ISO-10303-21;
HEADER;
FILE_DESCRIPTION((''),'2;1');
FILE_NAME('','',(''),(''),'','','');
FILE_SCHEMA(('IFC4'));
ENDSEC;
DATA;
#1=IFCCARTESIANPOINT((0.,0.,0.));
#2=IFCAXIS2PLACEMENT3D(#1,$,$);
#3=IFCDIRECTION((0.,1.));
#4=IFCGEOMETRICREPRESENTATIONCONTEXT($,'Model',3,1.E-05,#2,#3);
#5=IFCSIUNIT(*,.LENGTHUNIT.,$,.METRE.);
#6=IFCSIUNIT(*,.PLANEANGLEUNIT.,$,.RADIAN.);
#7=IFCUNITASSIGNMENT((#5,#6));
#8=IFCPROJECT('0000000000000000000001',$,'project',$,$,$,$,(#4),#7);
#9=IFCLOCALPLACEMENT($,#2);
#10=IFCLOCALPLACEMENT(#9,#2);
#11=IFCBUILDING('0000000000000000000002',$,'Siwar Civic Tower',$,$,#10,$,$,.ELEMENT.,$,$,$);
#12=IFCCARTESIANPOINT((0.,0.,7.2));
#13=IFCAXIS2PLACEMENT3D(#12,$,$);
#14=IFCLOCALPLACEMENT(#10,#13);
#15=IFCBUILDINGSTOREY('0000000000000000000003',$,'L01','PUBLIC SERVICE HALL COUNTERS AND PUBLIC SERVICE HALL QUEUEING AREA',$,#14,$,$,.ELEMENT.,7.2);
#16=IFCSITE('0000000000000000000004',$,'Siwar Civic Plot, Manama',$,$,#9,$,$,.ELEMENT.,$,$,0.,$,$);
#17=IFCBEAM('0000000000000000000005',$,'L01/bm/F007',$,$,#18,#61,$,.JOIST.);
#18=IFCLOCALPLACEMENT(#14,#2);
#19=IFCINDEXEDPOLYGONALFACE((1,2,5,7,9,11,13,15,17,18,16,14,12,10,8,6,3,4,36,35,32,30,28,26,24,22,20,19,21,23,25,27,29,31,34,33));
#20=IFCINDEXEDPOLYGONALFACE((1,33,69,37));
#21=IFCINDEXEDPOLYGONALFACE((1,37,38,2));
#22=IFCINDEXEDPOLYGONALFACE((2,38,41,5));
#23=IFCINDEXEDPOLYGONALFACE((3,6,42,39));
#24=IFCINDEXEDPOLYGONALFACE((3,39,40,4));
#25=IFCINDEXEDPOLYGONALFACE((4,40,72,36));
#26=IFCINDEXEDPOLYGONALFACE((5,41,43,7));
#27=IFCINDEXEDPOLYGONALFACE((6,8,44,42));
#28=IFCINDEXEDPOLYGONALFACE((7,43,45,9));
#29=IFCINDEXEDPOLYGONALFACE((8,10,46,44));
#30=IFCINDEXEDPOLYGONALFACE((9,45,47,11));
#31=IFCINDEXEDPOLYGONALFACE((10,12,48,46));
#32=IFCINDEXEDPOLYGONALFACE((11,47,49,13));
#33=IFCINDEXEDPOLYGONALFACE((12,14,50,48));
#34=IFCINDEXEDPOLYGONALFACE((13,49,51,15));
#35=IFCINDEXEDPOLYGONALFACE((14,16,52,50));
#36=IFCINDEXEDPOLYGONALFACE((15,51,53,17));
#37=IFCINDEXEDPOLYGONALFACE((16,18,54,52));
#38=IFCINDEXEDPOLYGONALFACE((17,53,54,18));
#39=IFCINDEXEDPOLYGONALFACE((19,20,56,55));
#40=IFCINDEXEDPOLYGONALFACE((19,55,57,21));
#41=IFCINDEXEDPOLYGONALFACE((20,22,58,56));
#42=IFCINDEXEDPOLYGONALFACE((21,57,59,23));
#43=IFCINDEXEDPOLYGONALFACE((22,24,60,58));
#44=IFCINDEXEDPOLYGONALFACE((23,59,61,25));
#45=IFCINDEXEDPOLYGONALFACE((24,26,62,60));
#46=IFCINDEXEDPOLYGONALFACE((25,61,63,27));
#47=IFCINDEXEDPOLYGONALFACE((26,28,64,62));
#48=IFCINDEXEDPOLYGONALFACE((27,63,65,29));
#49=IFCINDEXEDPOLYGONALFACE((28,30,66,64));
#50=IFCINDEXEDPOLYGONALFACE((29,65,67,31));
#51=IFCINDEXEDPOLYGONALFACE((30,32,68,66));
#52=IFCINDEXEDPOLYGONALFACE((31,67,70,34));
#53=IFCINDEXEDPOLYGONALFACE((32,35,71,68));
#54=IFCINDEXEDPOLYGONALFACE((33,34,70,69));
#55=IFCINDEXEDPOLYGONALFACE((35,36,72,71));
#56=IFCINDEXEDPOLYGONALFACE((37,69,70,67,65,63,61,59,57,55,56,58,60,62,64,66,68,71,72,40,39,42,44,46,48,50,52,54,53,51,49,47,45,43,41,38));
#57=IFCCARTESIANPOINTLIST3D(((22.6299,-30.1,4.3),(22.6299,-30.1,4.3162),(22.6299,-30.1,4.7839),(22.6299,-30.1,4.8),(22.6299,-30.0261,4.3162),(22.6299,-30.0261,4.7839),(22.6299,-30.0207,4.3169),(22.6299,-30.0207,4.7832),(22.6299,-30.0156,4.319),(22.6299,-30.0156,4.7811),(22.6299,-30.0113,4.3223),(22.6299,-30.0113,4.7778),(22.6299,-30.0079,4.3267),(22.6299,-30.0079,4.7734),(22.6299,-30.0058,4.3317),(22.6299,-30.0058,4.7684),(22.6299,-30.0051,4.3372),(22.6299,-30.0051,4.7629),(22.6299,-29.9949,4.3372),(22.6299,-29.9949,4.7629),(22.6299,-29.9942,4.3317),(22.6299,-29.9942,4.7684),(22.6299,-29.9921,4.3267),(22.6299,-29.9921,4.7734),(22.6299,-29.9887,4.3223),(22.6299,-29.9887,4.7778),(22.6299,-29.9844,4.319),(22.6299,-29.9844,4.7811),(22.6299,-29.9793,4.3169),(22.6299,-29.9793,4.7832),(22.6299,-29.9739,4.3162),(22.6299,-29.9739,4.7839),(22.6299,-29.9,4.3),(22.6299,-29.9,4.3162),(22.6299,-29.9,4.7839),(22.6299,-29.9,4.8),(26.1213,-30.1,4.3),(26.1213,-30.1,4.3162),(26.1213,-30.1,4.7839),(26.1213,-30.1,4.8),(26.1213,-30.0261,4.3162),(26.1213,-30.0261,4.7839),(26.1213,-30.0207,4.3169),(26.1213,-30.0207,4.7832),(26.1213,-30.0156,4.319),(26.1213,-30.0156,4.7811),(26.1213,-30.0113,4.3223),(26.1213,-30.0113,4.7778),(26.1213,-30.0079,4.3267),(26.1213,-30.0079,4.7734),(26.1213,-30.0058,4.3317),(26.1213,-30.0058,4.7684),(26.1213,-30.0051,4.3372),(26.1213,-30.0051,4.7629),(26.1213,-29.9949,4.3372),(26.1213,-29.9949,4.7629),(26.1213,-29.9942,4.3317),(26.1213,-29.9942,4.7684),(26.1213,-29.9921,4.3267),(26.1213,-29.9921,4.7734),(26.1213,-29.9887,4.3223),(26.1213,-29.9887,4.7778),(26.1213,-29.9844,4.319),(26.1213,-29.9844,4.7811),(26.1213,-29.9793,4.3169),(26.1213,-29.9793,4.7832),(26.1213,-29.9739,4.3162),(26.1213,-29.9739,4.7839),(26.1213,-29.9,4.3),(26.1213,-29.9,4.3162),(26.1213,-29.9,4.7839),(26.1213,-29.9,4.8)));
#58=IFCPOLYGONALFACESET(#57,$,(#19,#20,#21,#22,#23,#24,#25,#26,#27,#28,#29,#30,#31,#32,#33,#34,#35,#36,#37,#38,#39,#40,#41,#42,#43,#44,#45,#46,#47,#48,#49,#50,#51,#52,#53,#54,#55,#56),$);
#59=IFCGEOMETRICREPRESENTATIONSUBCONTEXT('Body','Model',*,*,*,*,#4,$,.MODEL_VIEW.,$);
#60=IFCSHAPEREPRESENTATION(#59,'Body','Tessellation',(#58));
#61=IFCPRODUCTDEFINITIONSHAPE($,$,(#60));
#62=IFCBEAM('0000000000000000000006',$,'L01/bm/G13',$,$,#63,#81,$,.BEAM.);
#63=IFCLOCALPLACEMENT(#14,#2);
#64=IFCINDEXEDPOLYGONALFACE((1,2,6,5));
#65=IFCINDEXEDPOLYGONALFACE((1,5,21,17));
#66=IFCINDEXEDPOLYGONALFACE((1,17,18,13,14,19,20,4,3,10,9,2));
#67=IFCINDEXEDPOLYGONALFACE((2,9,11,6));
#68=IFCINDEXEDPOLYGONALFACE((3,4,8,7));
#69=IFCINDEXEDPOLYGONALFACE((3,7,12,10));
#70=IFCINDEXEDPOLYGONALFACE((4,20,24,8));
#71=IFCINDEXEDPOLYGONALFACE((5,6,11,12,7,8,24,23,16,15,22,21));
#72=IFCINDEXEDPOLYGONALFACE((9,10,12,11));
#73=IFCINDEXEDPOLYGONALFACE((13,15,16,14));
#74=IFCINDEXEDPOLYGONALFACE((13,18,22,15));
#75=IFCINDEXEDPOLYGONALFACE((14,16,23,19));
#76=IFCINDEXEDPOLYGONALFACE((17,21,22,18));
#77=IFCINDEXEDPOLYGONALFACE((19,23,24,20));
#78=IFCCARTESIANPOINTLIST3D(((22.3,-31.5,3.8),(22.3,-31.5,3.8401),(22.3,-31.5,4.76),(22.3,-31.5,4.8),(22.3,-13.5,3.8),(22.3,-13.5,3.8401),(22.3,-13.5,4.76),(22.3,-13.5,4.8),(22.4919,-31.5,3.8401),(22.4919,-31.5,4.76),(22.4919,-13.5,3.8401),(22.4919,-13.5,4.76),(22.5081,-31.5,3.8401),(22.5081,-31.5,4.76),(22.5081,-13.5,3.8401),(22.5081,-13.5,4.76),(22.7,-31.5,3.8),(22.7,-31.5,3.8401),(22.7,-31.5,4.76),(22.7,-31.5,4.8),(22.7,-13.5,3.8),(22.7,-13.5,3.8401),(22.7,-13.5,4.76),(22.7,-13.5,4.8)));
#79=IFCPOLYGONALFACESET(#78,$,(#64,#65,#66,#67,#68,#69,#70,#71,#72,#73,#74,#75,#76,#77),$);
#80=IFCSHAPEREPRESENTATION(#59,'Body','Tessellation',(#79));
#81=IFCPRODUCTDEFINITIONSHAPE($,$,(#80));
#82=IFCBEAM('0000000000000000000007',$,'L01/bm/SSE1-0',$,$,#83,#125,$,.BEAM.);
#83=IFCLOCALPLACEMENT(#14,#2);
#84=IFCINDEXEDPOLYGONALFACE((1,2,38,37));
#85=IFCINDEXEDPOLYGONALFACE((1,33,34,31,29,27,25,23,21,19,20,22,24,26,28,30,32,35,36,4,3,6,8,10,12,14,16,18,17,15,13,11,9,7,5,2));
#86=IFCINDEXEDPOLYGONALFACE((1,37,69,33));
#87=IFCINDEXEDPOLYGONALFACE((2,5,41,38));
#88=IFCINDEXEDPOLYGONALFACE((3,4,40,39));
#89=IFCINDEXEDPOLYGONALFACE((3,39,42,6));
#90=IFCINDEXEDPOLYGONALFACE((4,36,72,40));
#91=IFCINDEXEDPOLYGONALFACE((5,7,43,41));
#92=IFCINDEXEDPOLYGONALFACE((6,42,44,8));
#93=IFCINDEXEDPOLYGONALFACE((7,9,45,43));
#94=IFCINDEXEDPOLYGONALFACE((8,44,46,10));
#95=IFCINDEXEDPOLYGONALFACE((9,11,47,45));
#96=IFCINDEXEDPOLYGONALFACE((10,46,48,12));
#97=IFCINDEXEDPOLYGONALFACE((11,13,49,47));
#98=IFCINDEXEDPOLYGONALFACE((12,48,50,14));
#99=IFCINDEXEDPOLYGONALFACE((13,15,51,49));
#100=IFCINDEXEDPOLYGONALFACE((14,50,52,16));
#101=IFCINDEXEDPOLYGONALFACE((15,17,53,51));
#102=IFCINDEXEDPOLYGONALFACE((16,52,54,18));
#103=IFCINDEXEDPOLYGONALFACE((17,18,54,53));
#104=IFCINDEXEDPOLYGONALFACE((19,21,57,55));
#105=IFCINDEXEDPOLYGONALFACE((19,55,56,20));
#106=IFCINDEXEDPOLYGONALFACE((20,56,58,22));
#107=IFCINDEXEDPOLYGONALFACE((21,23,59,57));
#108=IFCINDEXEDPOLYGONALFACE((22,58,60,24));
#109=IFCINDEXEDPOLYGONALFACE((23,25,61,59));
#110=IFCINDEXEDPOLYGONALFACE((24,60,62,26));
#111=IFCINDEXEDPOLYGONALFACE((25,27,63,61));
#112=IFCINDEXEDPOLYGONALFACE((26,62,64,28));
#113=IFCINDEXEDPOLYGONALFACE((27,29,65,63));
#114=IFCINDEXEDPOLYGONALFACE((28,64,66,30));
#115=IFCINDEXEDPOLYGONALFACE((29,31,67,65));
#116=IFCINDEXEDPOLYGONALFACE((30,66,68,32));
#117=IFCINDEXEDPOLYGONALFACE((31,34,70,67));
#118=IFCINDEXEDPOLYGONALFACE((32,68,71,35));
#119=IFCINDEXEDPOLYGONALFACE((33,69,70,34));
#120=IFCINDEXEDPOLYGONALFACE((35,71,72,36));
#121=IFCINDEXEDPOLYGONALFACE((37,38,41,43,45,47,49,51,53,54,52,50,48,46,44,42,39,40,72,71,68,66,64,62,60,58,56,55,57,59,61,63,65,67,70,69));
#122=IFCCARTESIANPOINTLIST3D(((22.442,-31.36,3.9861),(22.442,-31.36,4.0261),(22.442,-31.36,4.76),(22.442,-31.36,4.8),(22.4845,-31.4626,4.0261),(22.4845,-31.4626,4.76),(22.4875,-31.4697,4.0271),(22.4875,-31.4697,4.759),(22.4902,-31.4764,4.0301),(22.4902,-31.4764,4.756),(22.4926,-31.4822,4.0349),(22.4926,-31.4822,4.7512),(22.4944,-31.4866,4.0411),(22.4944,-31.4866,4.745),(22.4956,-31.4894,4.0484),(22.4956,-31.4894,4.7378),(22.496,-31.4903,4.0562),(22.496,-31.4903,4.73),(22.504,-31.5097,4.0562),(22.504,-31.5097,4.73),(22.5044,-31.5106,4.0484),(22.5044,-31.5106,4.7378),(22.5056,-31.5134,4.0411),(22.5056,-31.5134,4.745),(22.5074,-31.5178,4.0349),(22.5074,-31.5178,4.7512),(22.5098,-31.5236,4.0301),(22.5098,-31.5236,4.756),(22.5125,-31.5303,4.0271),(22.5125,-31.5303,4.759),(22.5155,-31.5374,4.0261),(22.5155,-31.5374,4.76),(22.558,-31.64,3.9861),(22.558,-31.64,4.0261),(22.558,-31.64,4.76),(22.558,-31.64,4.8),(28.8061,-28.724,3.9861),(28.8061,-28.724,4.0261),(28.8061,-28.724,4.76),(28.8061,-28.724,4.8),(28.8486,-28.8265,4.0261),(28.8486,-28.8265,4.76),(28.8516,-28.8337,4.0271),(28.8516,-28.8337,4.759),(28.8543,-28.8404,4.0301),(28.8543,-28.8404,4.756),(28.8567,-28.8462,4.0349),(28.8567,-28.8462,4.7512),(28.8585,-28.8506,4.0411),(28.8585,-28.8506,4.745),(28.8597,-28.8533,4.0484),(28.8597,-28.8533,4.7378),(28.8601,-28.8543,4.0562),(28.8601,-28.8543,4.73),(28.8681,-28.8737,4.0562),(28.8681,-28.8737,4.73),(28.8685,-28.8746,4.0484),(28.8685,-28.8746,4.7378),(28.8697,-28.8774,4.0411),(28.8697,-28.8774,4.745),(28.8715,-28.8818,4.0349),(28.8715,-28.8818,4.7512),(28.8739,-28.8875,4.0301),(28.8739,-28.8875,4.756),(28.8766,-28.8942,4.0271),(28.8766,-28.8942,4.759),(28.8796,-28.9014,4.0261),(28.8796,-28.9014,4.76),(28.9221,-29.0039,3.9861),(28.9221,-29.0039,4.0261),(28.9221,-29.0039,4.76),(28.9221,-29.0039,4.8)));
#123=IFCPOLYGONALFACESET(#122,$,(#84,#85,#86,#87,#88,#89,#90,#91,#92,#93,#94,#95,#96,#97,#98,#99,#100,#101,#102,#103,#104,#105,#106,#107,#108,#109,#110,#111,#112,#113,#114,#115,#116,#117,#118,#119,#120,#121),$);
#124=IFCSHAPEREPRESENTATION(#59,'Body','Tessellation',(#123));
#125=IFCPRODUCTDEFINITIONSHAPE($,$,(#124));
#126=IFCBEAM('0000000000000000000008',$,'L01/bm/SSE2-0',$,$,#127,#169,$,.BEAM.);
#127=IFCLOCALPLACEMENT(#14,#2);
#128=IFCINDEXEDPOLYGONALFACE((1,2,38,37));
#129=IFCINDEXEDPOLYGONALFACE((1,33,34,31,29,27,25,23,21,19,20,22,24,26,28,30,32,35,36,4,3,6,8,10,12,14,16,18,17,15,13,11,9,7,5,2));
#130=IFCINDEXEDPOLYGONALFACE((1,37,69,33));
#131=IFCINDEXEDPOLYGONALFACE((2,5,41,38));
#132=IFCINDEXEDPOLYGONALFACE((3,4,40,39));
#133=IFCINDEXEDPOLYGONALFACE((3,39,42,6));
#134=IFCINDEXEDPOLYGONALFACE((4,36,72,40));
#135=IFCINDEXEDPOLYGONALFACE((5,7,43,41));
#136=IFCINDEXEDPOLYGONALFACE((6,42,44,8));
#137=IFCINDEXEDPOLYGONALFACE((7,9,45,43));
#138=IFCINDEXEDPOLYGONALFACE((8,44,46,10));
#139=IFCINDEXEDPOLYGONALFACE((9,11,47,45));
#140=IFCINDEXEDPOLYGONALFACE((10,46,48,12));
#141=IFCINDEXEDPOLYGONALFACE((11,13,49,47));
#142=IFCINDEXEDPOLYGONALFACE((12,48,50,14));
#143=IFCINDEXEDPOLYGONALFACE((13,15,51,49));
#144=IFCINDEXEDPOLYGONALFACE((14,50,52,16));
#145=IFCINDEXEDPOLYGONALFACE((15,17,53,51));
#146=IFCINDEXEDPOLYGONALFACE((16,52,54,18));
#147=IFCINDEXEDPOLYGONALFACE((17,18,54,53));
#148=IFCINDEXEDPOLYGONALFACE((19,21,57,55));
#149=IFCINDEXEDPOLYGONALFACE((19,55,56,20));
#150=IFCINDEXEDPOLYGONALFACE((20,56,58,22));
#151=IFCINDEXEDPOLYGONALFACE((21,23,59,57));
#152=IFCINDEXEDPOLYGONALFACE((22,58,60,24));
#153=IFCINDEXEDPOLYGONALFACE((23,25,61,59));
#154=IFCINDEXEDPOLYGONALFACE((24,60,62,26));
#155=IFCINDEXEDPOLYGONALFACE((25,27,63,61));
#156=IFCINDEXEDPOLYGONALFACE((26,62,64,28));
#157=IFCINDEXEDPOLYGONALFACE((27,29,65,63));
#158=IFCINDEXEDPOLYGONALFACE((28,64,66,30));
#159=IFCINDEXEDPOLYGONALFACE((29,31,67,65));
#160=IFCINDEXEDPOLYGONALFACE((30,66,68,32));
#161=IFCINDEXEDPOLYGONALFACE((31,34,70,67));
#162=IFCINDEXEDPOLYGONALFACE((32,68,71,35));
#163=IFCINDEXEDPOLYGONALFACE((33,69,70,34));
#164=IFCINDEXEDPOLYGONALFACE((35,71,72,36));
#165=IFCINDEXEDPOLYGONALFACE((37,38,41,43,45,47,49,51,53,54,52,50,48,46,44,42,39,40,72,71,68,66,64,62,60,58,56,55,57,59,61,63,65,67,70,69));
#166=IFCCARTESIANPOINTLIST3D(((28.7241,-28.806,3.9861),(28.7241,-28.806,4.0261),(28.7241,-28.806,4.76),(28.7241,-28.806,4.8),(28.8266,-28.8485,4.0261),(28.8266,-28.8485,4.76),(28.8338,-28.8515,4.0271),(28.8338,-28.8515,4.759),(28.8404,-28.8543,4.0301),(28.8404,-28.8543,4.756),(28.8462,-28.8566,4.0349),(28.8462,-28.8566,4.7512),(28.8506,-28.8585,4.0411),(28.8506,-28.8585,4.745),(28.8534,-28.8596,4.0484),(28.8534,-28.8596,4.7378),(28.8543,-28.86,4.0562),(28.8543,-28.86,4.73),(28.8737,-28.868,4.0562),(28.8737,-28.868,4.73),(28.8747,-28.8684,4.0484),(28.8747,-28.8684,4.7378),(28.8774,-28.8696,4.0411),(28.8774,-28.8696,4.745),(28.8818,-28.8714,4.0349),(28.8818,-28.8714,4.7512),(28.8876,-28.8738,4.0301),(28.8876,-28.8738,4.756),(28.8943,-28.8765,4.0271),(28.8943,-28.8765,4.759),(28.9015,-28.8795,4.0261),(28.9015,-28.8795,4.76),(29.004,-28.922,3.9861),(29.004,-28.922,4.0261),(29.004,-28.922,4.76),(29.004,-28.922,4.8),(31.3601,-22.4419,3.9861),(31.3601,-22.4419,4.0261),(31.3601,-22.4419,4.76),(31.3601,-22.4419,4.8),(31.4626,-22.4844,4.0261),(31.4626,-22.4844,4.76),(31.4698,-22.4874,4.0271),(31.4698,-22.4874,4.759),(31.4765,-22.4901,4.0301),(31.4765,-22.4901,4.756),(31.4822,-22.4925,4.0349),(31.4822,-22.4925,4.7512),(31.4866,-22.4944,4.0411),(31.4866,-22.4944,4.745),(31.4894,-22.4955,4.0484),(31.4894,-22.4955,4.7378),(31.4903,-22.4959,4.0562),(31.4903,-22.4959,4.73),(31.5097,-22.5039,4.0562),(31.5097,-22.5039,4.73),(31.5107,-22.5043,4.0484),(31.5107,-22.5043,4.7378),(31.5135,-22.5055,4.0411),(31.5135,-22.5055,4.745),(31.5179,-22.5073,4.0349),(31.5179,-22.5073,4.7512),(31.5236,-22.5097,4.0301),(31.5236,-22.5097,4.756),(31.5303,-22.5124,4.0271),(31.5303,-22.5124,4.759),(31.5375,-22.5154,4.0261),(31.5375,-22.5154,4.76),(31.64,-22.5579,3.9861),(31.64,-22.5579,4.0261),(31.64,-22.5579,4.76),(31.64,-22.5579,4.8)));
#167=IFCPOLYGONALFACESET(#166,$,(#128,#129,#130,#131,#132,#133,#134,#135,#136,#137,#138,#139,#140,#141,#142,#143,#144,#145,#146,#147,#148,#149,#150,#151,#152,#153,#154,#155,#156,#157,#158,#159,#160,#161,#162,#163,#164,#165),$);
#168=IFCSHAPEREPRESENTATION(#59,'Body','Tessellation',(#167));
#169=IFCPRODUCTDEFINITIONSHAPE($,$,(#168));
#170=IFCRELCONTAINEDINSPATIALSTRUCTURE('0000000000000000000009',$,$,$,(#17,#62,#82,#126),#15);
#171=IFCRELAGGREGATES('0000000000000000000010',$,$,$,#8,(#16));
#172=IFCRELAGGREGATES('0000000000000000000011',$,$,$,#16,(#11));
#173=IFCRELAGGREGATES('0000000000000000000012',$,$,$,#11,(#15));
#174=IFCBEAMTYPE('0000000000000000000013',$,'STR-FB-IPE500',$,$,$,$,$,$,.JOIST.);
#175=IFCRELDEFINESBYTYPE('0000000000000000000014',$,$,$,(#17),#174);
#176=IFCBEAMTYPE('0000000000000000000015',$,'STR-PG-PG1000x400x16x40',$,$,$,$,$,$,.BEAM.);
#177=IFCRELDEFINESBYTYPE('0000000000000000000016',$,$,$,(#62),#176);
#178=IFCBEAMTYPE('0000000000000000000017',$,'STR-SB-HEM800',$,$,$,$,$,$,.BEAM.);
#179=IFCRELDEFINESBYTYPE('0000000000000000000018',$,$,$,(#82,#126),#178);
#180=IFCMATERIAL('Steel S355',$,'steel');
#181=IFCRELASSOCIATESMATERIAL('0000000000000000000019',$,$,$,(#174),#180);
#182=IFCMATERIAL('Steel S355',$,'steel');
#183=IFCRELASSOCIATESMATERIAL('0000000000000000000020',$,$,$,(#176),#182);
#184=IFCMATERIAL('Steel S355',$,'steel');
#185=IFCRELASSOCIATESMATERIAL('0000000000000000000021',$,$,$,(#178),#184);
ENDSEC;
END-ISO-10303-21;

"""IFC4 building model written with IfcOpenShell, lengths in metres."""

from ifc_helpers import new_model, si_unit, direction, frame, origin, origin_2d, place, context, subcontext, project, spatial, i_section, extrude, material, material_profile, profile_set, type_object, element, save


model = new_model("IFC4")

# Units and contexts
model_context = context("Model", 3, precision=1e-05, world=origin(), true_north=direction((0.0, 1.0)))
body_context = subcontext(model_context, "Body", "Model", "MODEL_VIEW")
ifc_project = project(units=[si_unit("LENGTHUNIT", "METRE"), si_unit("PLANEANGLEUNIT", "RADIAN")], contexts=[model_context])

# Site, building, storey
site_placement = place(None, origin())
site = spatial("IfcSite", under=ifc_project, at=site_placement, Name="Siwar Civic Plot, Manama", CompositionType="ELEMENT", RefElevation=0.0)
building_placement = place(site_placement, origin())
building = spatial("IfcBuilding", under=site, at=building_placement, Name="Siwar Civic Tower", CompositionType="ELEMENT")
storey_placement = place(building_placement, frame((0.0, 0.0, 7.2)))
storey = spatial("IfcBuildingStorey", under=building, at=storey_placement, Name="L01", Description="PUBLIC SERVICE HALL COUNTERS AND PUBLIC SERVICE HALL QUEUEING AREA", CompositionType="ELEMENT", Elevation=7.2)

# Beams
ifc_material_1 = material(Name="Steel S355", Category="steel")
ifc_material_profile_1 = material_profile(ifc_material_1, i_section(OverallWidth=0.2, OverallDepth=0.5, WebThickness=0.0103, FlangeThickness=0.0161, FilletRadius=0.021, at=origin_2d()), Name="IPE500")
ifc_profile_set_1 = profile_set([ifc_material_profile_1], Name="Steel S355")
beam_type_1 = type_object("IfcBeamType", Name="STR-FB-IPE500", PredefinedType="JOIST", material=ifc_profile_set_1)
beam_1_placement = place(storey_placement, frame((22.6299, -30.0, 4.55), z_axis=(1.0, 0.0, 0.0), x_axis=(0.0, 1.0, 0.0)))
element("IfcBeam", 1, at=beam_1_placement, inside=storey, type_object=beam_type_1, Name="L01/bm/F007", PredefinedType="JOIST", context=body_context, shape_type="SweptSolid", body=[
    extrude(i_section(OverallWidth=0.2, OverallDepth=0.5, WebThickness=0.0103, FlangeThickness=0.0161, FilletRadius=0.021, at=origin_2d()), origin(), (0.0, 0.0, 1.0), 3.4915),
])
ifc_material_2 = material(Name="Steel S355", Category="steel")
ifc_material_profile_2 = material_profile(ifc_material_2, i_section(OverallWidth=0.3999, OverallDepth=1.0, WebThickness=0.0161, FlangeThickness=0.04, at=origin_2d()), Name="PG1000x400x16x40")
ifc_profile_set_2 = profile_set([ifc_material_profile_2], Name="Steel S355")
beam_type_2 = type_object("IfcBeamType", Name="STR-PG-PG1000x400x16x40", PredefinedType="BEAM", material=ifc_profile_set_2)
beam_2_placement = place(storey_placement, frame((22.5, -31.5, 4.3), z_axis=(0.0, 1.0, 0.0), x_axis=(-1.0, 0.0, 0.0)))
element("IfcBeam", 2, at=beam_2_placement, inside=storey, type_object=beam_type_2, Name="L01/bm/G13", PredefinedType="BEAM", context=body_context, shape_type="SweptSolid", body=[
    extrude(i_section(OverallWidth=0.3999, OverallDepth=1.0, WebThickness=0.0161, FlangeThickness=0.04, at=origin_2d()), origin(), (0.0, 0.0, 1.0), 18.0),
])
ifc_material_3 = material(Name="Steel S355", Category="steel")
ifc_material_profile_3 = material_profile(ifc_material_3, i_section(OverallWidth=0.303, OverallDepth=0.814, WebThickness=0.021, FlangeThickness=0.04, FilletRadius=0.03, at=origin_2d()), Name="HEM800")
ifc_profile_set_3 = profile_set([ifc_material_profile_3], Name="Steel S355")
beam_type_3 = type_object("IfcBeamType", Name="STR-SB-HEM800", PredefinedType="BEAM", material=ifc_profile_set_3)
for number, where, z_axis, x_axis, name in (
    (3, (22.5, -31.5, 4.3931), (0.923883, 0.382674, 0.0), (-0.382674, 0.923883, 0.0), "L01/bm/SSE1-0"),
    (4, (28.864, -28.864, 4.3931), (0.382674, 0.923883, 0.0), (-0.923883, 0.382674, 0.0), "L01/bm/SSE2-0"),
):
    element("IfcBeam", number, at=place(storey_placement, frame(where, z_axis=z_axis, x_axis=x_axis)), inside=storey, type_object=beam_type_3, Name=name, PredefinedType="BEAM", context=body_context, shape_type="SweptSolid", body=[
        extrude(i_section(OverallWidth=0.303, OverallDepth=0.814, WebThickness=0.021, FlangeThickness=0.04, FilletRadius=0.03, at=origin_2d()), origin(), (0.0, 0.0, 1.0), 6.8884),
    ])

save(model, "model.ifc")
